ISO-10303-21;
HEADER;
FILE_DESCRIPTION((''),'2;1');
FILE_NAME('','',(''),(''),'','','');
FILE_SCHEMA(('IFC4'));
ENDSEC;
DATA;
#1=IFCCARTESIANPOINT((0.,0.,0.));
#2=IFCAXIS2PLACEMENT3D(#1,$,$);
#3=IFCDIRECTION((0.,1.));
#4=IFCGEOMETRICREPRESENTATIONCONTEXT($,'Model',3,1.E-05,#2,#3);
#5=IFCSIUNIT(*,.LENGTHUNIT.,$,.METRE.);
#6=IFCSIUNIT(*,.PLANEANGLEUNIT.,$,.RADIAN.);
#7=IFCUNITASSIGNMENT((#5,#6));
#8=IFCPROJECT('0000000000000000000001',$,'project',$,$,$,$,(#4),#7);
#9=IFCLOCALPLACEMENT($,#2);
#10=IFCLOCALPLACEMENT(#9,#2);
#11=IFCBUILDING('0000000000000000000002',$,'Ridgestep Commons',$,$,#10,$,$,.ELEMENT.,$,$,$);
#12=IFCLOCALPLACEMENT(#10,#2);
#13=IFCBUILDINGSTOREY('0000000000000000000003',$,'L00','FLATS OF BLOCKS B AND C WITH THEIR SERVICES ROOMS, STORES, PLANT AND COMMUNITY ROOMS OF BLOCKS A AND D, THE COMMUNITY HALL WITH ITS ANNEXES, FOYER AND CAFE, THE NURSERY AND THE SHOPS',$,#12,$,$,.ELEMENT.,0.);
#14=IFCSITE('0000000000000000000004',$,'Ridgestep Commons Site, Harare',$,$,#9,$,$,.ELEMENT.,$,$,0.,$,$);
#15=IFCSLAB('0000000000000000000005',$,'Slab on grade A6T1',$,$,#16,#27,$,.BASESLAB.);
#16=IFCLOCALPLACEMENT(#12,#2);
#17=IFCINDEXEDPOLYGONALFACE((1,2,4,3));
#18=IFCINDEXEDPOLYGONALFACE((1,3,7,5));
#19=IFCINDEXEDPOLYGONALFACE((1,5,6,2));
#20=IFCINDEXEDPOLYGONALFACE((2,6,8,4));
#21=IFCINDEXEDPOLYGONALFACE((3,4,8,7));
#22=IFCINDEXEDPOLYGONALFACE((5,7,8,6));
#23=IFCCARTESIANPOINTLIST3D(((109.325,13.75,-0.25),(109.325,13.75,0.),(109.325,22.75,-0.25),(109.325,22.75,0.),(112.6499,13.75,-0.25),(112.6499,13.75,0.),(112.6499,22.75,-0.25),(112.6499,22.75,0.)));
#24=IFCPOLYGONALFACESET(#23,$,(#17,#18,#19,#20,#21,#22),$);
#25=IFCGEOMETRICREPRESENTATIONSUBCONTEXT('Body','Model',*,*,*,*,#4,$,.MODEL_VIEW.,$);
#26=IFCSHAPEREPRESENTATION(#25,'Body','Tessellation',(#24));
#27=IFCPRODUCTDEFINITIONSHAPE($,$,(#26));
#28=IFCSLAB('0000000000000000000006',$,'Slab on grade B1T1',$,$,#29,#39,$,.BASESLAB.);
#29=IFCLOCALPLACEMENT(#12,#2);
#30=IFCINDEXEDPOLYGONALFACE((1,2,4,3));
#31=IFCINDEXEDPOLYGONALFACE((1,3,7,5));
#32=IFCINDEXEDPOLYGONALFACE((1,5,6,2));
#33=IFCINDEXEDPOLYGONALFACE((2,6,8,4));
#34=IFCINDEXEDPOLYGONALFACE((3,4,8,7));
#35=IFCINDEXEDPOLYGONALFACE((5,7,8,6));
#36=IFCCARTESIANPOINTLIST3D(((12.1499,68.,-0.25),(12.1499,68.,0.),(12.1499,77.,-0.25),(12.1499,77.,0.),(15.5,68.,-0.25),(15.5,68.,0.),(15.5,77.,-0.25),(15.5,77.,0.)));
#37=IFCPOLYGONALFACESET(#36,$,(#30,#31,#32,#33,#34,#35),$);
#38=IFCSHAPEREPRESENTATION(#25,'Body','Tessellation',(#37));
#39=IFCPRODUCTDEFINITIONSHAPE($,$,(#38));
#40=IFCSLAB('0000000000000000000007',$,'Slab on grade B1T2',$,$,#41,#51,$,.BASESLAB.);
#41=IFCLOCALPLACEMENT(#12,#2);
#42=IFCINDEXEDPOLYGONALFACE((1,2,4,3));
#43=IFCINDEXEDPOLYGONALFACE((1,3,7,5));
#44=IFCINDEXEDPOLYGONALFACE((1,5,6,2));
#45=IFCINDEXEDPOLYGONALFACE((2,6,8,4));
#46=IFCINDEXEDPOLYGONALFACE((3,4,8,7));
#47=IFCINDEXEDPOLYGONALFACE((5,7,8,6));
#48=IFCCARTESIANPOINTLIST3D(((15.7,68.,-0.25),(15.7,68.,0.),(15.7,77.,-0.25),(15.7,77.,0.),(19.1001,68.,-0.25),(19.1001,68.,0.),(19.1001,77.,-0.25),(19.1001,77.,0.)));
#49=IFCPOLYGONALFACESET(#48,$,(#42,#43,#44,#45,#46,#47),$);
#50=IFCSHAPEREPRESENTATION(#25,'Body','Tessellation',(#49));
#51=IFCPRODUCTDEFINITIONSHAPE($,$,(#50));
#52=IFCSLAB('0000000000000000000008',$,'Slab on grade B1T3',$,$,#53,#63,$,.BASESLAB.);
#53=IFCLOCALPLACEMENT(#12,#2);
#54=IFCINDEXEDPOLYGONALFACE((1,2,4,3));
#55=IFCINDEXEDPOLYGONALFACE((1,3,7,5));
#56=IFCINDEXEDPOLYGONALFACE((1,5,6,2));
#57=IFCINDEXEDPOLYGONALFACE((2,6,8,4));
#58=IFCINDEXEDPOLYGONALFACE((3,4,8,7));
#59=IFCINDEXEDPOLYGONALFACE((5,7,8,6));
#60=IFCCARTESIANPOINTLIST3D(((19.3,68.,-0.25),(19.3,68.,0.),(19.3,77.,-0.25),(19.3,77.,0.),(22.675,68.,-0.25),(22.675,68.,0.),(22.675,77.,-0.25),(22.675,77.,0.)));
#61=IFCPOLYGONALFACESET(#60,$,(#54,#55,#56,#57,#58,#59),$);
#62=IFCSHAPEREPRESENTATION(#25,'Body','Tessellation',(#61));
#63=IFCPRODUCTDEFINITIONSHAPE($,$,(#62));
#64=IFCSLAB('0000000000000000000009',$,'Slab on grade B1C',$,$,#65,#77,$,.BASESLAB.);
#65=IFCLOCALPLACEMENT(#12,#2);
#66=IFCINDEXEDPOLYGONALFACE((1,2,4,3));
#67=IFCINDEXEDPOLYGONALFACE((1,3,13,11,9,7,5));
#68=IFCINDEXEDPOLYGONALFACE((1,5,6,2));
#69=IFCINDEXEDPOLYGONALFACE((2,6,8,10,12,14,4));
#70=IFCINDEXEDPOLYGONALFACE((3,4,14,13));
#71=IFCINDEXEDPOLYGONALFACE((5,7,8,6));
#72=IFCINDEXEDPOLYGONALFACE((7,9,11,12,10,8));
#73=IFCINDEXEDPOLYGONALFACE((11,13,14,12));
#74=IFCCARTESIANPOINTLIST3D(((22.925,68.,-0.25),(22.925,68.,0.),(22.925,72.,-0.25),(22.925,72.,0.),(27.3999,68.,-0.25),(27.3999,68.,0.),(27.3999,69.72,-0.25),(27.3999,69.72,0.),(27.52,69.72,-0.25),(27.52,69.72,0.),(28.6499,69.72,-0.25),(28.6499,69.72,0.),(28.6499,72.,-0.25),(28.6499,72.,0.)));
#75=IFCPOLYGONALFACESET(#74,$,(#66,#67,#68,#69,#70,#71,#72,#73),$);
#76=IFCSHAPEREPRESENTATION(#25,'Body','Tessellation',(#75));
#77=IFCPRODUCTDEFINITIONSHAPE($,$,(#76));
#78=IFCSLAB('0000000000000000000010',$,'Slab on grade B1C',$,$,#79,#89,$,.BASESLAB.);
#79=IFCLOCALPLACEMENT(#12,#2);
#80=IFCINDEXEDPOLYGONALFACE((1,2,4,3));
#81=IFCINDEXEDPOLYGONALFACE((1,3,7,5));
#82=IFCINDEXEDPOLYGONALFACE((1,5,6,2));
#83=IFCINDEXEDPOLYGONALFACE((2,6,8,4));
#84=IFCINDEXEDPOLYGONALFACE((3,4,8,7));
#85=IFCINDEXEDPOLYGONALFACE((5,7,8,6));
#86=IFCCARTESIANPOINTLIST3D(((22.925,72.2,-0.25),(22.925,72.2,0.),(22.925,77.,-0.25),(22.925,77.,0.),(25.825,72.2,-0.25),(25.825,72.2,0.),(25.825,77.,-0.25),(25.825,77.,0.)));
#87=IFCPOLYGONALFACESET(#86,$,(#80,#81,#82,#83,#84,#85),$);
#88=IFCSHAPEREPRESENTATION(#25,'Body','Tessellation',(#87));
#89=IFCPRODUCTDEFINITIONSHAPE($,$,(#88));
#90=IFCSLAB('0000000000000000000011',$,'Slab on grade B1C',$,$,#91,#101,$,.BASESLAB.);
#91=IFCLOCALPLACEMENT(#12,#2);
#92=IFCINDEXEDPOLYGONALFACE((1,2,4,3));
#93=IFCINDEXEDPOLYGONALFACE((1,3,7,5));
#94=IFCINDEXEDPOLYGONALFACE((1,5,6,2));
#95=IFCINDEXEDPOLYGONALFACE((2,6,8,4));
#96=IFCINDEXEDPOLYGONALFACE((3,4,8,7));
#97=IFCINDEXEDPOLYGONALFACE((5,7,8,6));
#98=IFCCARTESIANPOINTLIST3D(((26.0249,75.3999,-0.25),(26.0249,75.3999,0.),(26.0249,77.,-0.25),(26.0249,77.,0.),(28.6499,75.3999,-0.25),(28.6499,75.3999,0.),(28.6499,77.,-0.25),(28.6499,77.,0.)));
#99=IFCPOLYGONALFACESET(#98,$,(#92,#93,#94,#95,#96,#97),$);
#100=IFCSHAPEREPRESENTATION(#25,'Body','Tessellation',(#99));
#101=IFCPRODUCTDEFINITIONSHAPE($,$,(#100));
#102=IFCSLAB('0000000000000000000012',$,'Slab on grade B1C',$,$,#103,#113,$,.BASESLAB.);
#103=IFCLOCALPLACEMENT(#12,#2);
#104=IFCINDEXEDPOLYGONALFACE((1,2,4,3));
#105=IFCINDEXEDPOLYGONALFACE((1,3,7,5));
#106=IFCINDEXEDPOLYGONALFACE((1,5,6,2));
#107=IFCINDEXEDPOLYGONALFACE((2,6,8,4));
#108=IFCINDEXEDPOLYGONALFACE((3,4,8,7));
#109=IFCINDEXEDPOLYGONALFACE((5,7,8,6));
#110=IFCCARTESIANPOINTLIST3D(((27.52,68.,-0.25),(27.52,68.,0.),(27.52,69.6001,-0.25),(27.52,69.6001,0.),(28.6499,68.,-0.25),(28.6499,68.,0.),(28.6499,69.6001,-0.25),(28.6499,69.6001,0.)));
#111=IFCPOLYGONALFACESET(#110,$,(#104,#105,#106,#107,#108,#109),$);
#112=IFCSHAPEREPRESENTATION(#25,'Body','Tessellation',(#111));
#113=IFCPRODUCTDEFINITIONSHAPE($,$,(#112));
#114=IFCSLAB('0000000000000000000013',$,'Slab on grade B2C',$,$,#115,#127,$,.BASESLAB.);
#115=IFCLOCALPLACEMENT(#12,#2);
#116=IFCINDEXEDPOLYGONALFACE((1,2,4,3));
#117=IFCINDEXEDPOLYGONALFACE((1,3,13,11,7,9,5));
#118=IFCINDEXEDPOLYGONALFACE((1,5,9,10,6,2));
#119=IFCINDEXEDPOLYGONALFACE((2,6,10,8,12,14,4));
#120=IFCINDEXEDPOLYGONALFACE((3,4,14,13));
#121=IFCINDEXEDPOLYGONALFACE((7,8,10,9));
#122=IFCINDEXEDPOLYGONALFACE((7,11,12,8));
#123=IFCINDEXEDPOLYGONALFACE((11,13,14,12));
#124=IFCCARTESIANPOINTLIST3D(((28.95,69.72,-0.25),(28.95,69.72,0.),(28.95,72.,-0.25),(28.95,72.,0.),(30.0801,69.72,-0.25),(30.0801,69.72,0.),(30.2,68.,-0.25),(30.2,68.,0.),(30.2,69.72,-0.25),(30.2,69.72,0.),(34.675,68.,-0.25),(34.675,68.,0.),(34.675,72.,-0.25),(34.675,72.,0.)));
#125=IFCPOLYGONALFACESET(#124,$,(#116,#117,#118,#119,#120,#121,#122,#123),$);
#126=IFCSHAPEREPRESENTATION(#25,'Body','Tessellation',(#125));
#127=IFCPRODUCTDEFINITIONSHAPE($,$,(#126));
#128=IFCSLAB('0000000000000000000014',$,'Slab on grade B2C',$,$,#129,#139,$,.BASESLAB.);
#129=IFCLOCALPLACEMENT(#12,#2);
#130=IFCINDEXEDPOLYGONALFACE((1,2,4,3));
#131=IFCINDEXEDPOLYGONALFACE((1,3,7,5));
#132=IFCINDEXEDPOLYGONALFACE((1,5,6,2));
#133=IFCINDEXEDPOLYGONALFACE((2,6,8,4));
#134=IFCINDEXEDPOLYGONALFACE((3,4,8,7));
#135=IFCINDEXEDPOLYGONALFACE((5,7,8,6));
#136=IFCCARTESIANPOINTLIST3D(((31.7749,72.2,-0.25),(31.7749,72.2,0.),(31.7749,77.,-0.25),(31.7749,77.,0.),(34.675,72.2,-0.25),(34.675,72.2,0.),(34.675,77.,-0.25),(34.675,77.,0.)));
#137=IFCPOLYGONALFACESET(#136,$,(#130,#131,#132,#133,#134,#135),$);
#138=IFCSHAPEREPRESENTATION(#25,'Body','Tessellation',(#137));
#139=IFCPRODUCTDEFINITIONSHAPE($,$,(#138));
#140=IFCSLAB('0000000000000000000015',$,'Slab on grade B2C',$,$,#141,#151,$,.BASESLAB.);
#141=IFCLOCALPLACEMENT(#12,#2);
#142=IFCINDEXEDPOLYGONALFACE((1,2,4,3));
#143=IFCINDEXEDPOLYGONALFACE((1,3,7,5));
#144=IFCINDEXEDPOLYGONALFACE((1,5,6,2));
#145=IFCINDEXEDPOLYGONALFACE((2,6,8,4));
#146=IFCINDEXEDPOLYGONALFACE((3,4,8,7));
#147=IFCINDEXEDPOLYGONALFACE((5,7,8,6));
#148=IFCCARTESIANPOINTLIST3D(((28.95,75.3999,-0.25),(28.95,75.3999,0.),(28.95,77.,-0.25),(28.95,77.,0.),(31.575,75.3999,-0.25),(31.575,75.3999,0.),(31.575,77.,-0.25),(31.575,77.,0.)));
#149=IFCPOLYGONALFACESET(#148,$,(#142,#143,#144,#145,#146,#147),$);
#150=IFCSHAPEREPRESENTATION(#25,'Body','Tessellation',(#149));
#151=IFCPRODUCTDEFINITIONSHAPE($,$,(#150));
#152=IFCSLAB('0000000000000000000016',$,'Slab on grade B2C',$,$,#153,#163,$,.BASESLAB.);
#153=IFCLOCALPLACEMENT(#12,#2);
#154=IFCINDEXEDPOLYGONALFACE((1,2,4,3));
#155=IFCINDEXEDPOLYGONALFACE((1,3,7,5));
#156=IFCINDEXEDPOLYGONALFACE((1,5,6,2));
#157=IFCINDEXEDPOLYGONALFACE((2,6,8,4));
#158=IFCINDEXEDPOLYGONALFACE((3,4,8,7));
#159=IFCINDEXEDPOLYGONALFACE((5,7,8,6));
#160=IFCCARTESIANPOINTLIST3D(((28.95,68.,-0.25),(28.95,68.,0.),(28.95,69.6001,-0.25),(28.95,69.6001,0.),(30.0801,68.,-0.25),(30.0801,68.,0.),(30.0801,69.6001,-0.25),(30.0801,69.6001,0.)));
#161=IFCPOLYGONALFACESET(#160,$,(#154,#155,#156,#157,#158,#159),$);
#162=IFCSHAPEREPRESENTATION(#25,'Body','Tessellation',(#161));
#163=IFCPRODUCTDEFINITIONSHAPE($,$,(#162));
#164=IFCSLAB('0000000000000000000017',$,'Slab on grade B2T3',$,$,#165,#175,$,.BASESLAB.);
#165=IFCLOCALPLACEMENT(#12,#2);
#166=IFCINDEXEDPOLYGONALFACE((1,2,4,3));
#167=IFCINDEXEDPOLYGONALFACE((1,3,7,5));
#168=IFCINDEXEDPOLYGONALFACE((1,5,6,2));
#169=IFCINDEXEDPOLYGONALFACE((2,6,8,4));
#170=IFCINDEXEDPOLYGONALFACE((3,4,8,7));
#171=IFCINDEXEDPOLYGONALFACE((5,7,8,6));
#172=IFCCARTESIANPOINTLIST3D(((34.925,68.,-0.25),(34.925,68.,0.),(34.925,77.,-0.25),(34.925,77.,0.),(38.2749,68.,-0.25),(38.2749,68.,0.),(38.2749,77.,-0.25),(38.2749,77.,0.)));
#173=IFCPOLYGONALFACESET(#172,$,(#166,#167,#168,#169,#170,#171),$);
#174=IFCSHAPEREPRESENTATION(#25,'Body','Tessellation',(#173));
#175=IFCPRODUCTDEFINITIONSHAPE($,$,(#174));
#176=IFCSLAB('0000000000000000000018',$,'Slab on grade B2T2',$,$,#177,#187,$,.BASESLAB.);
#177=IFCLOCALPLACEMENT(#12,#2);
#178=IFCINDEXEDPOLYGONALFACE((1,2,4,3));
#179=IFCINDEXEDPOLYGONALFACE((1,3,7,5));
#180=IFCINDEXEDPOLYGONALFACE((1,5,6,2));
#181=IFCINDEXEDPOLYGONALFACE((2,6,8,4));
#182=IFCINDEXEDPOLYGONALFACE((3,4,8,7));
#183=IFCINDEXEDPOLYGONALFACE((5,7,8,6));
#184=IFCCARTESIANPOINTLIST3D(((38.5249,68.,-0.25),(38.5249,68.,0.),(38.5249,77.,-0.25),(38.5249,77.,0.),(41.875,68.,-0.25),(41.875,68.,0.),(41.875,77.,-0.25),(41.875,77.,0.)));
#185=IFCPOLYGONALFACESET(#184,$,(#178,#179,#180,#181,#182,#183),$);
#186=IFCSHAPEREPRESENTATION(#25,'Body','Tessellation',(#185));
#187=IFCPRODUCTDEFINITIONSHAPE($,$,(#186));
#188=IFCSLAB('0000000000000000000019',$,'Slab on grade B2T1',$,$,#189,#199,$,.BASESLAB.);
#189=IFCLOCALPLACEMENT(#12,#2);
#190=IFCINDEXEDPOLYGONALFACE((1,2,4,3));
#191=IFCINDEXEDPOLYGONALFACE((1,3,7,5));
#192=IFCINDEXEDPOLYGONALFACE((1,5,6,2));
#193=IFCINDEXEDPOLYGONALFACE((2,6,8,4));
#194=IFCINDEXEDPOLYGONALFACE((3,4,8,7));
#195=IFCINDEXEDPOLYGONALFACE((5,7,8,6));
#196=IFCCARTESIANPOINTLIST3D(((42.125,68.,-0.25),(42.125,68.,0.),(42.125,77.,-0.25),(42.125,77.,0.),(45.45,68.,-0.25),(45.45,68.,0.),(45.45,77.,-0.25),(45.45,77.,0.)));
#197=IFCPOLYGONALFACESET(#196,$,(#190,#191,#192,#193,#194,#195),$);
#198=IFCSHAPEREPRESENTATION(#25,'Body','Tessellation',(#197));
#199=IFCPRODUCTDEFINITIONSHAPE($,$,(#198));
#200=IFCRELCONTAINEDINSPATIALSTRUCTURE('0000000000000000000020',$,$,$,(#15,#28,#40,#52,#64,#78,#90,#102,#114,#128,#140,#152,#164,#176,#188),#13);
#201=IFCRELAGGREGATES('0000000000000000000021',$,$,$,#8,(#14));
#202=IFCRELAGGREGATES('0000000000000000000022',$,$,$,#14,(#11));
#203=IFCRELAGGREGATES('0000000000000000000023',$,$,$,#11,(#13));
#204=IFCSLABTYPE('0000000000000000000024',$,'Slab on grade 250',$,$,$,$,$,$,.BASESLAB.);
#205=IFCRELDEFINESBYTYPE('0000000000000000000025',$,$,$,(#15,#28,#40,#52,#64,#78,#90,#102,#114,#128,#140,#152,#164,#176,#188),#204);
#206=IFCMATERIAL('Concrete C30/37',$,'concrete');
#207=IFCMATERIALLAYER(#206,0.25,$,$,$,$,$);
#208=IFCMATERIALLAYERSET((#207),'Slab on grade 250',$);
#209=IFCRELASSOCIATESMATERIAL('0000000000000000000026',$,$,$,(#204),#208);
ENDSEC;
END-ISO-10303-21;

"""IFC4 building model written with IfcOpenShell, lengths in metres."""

from ifc_helpers import new_model, si_unit, direction, frame, origin, place, context, subcontext, project, spatial, polyline, outline, extrude, material, layer, layer_set, type_object, element, save


model = new_model("IFC4")

# Units and contexts
model_context = context("Model", 3, precision=1e-05, world=origin(), true_north=direction((0.0, 1.0)))
body_context = subcontext(model_context, "Body", "Model", "MODEL_VIEW")
ifc_project = project(units=[si_unit("LENGTHUNIT", "METRE"), si_unit("PLANEANGLEUNIT", "RADIAN")], contexts=[model_context])

# Site, building, storey
site_placement = place(None, origin())
site = spatial("IfcSite", under=ifc_project, at=site_placement, Name="Ridgestep Commons Site, Harare", CompositionType="ELEMENT", RefElevation=0.0)
building_placement = place(site_placement, origin())
building = spatial("IfcBuilding", under=site, at=building_placement, Name="Ridgestep Commons", CompositionType="ELEMENT")
storey_placement = place(building_placement, origin())
storey = spatial("IfcBuildingStorey", under=building, at=storey_placement, Name="L00", Description="FLATS OF BLOCKS B AND C WITH THEIR SERVICES ROOMS, STORES, PLANT AND COMMUNITY ROOMS OF BLOCKS A AND D, THE COMMUNITY HALL WITH ITS ANNEXES, FOYER AND CAFE, THE NURSERY AND THE SHOPS", CompositionType="ELEMENT", Elevation=0.0)

# Slabs
ifc_material = material(Name="Concrete C30/37", Category="concrete")
ifc_layer = layer(ifc_material, 0.25)
ifc_layer_set = layer_set([ifc_layer], Name="Slab on grade 250")
slab_type = type_object("IfcSlabType", Name="Slab on grade 250", PredefinedType="BASESLAB", material=ifc_layer_set)
slab_1_placement = place(storey_placement, frame((0.0, 0.0, -0.25)))
element("IfcSlab", 1, at=slab_1_placement, inside=storey, type_object=slab_type, Name="Slab on grade A6T1", PredefinedType="BASESLAB", context=body_context, shape_type="SweptSolid", body=[
    extrude(outline(polyline([(112.6499, 13.75), (112.6499, 22.75), (109.325, 22.75), (109.325, 13.75), (112.6499, 13.75)])), origin(), (0.0, 0.0, 1.0), 0.25),
])
slab_2_placement = place(storey_placement, frame((0.0, 0.0, -0.25)))
element("IfcSlab", 2, at=slab_2_placement, inside=storey, type_object=slab_type, Name="Slab on grade B1T1", PredefinedType="BASESLAB", context=body_context, shape_type="SweptSolid", body=[
    extrude(outline(polyline([(15.5, 68.0), (15.5, 77.0), (12.1499, 77.0), (12.1499, 68.0), (15.5, 68.0)])), origin(), (0.0, 0.0, 1.0), 0.25),
])
slab_3_placement = place(storey_placement, frame((0.0, 0.0, -0.25)))
element("IfcSlab", 3, at=slab_3_placement, inside=storey, type_object=slab_type, Name="Slab on grade B1T2", PredefinedType="BASESLAB", context=body_context, shape_type="SweptSolid", body=[
    extrude(outline(polyline([(19.1001, 68.0), (19.1001, 77.0), (15.7, 77.0), (15.7, 68.0), (19.1001, 68.0)])), origin(), (0.0, 0.0, 1.0), 0.25),
])
slab_4_placement = place(storey_placement, frame((0.0, 0.0, -0.25)))
element("IfcSlab", 4, at=slab_4_placement, inside=storey, type_object=slab_type, Name="Slab on grade B1T3", PredefinedType="BASESLAB", context=body_context, shape_type="SweptSolid", body=[
    extrude(outline(polyline([(22.675, 68.0), (22.675, 77.0), (19.3, 77.0), (19.3, 68.0), (22.675, 68.0)])), origin(), (0.0, 0.0, 1.0), 0.25),
])
slab_5_placement = place(storey_placement, frame((0.0, 0.0, -0.25)))
element("IfcSlab", 5, at=slab_5_placement, inside=storey, type_object=slab_type, Name="Slab on grade B1C", PredefinedType="BASESLAB", context=body_context, shape_type="SweptSolid", body=[
    extrude(outline(polyline([(27.52, 69.72), (28.6499, 69.72), (28.6499, 72.0), (22.925, 72.0), (22.925, 68.0), (27.3999, 68.0), (27.3999, 69.72), (27.52, 69.72)])), origin(), (0.0, 0.0, 1.0), 0.25),
])
slab_6_placement = place(storey_placement, frame((0.0, 0.0, -0.25)))
element("IfcSlab", 6, at=slab_6_placement, inside=storey, type_object=slab_type, Name="Slab on grade B1C", PredefinedType="BASESLAB", context=body_context, shape_type="SweptSolid", body=[
    extrude(outline(polyline([(25.825, 77.0), (22.925, 77.0), (22.925, 72.2), (25.825, 72.2), (25.825, 77.0)])), origin(), (0.0, 0.0, 1.0), 0.25),
])
slab_7_placement = place(storey_placement, frame((0.0, 0.0, -0.25)))
element("IfcSlab", 7, at=slab_7_placement, inside=storey, type_object=slab_type, Name="Slab on grade B1C", PredefinedType="BASESLAB", context=body_context, shape_type="SweptSolid", body=[
    extrude(outline(polyline([(28.6499, 75.3999), (28.6499, 77.0), (26.0249, 77.0), (26.0249, 75.3999), (28.6499, 75.3999)])), origin(), (0.0, 0.0, 1.0), 0.25),
])
slab_8_placement = place(storey_placement, frame((0.0, 0.0, -0.25)))
element("IfcSlab", 8, at=slab_8_placement, inside=storey, type_object=slab_type, Name="Slab on grade B1C", PredefinedType="BASESLAB", context=body_context, shape_type="SweptSolid", body=[
    extrude(outline(polyline([(27.52, 68.0), (28.6499, 68.0), (28.6499, 69.6001), (27.52, 69.6001), (27.52, 68.0)])), origin(), (0.0, 0.0, 1.0), 0.25),
])
slab_9_placement = place(storey_placement, frame((0.0, 0.0, -0.25)))
element("IfcSlab", 9, at=slab_9_placement, inside=storey, type_object=slab_type, Name="Slab on grade B2C", PredefinedType="BASESLAB", context=body_context, shape_type="SweptSolid", body=[
    extrude(outline(polyline([(30.2, 68.0), (34.675, 68.0), (34.675, 72.0), (28.95, 72.0), (28.95, 69.72), (30.0801, 69.72), (30.2, 69.72), (30.2, 68.0)])), origin(), (0.0, 0.0, 1.0), 0.25),
])
slab_10_placement = place(storey_placement, frame((0.0, 0.0, -0.25)))
element("IfcSlab", 10, at=slab_10_placement, inside=storey, type_object=slab_type, Name="Slab on grade B2C", PredefinedType="BASESLAB", context=body_context, shape_type="SweptSolid", body=[
    extrude(outline(polyline([(34.675, 72.2), (34.675, 77.0), (31.7749, 77.0), (31.7749, 72.2), (34.675, 72.2)])), origin(), (0.0, 0.0, 1.0), 0.25),
])
slab_11_placement = place(storey_placement, frame((0.0, 0.0, -0.25)))
element("IfcSlab", 11, at=slab_11_placement, inside=storey, type_object=slab_type, Name="Slab on grade B2C", PredefinedType="BASESLAB", context=body_context, shape_type="SweptSolid", body=[
    extrude(outline(polyline([(31.575, 77.0), (28.95, 77.0), (28.95, 75.3999), (31.575, 75.3999), (31.575, 77.0)])), origin(), (0.0, 0.0, 1.0), 0.25),
])
slab_12_placement = place(storey_placement, frame((0.0, 0.0, -0.25)))
element("IfcSlab", 12, at=slab_12_placement, inside=storey, type_object=slab_type, Name="Slab on grade B2C", PredefinedType="BASESLAB", context=body_context, shape_type="SweptSolid", body=[
    extrude(outline(polyline([(30.0801, 69.6001), (28.95, 69.6001), (28.95, 68.0), (30.0801, 68.0), (30.0801, 69.6001)])), origin(), (0.0, 0.0, 1.0), 0.25),
])
slab_13_placement = place(storey_placement, frame((0.0, 0.0, -0.25)))
element("IfcSlab", 13, at=slab_13_placement, inside=storey, type_object=slab_type, Name="Slab on grade B2T3", PredefinedType="BASESLAB", context=body_context, shape_type="SweptSolid", body=[
    extrude(outline(polyline([(38.2749, 68.0), (38.2749, 77.0), (34.925, 77.0), (34.925, 68.0), (38.2749, 68.0)])), origin(), (0.0, 0.0, 1.0), 0.25),
])
slab_14_placement = place(storey_placement, frame((0.0, 0.0, -0.25)))
element("IfcSlab", 14, at=slab_14_placement, inside=storey, type_object=slab_type, Name="Slab on grade B2T2", PredefinedType="BASESLAB", context=body_context, shape_type="SweptSolid", body=[
    extrude(outline(polyline([(41.875, 68.0), (41.875, 77.0), (38.5249, 77.0), (38.5249, 68.0), (41.875, 68.0)])), origin(), (0.0, 0.0, 1.0), 0.25),
])
slab_15_placement = place(storey_placement, frame((0.0, 0.0, -0.25)))
element("IfcSlab", 15, at=slab_15_placement, inside=storey, type_object=slab_type, Name="Slab on grade B2T1", PredefinedType="BASESLAB", context=body_context, shape_type="SweptSolid", body=[
    extrude(outline(polyline([(45.45, 68.0), (45.45, 77.0), (42.125, 77.0), (42.125, 68.0), (45.45, 68.0)])), origin(), (0.0, 0.0, 1.0), 0.25),
])

save(model, "model.ifc")
